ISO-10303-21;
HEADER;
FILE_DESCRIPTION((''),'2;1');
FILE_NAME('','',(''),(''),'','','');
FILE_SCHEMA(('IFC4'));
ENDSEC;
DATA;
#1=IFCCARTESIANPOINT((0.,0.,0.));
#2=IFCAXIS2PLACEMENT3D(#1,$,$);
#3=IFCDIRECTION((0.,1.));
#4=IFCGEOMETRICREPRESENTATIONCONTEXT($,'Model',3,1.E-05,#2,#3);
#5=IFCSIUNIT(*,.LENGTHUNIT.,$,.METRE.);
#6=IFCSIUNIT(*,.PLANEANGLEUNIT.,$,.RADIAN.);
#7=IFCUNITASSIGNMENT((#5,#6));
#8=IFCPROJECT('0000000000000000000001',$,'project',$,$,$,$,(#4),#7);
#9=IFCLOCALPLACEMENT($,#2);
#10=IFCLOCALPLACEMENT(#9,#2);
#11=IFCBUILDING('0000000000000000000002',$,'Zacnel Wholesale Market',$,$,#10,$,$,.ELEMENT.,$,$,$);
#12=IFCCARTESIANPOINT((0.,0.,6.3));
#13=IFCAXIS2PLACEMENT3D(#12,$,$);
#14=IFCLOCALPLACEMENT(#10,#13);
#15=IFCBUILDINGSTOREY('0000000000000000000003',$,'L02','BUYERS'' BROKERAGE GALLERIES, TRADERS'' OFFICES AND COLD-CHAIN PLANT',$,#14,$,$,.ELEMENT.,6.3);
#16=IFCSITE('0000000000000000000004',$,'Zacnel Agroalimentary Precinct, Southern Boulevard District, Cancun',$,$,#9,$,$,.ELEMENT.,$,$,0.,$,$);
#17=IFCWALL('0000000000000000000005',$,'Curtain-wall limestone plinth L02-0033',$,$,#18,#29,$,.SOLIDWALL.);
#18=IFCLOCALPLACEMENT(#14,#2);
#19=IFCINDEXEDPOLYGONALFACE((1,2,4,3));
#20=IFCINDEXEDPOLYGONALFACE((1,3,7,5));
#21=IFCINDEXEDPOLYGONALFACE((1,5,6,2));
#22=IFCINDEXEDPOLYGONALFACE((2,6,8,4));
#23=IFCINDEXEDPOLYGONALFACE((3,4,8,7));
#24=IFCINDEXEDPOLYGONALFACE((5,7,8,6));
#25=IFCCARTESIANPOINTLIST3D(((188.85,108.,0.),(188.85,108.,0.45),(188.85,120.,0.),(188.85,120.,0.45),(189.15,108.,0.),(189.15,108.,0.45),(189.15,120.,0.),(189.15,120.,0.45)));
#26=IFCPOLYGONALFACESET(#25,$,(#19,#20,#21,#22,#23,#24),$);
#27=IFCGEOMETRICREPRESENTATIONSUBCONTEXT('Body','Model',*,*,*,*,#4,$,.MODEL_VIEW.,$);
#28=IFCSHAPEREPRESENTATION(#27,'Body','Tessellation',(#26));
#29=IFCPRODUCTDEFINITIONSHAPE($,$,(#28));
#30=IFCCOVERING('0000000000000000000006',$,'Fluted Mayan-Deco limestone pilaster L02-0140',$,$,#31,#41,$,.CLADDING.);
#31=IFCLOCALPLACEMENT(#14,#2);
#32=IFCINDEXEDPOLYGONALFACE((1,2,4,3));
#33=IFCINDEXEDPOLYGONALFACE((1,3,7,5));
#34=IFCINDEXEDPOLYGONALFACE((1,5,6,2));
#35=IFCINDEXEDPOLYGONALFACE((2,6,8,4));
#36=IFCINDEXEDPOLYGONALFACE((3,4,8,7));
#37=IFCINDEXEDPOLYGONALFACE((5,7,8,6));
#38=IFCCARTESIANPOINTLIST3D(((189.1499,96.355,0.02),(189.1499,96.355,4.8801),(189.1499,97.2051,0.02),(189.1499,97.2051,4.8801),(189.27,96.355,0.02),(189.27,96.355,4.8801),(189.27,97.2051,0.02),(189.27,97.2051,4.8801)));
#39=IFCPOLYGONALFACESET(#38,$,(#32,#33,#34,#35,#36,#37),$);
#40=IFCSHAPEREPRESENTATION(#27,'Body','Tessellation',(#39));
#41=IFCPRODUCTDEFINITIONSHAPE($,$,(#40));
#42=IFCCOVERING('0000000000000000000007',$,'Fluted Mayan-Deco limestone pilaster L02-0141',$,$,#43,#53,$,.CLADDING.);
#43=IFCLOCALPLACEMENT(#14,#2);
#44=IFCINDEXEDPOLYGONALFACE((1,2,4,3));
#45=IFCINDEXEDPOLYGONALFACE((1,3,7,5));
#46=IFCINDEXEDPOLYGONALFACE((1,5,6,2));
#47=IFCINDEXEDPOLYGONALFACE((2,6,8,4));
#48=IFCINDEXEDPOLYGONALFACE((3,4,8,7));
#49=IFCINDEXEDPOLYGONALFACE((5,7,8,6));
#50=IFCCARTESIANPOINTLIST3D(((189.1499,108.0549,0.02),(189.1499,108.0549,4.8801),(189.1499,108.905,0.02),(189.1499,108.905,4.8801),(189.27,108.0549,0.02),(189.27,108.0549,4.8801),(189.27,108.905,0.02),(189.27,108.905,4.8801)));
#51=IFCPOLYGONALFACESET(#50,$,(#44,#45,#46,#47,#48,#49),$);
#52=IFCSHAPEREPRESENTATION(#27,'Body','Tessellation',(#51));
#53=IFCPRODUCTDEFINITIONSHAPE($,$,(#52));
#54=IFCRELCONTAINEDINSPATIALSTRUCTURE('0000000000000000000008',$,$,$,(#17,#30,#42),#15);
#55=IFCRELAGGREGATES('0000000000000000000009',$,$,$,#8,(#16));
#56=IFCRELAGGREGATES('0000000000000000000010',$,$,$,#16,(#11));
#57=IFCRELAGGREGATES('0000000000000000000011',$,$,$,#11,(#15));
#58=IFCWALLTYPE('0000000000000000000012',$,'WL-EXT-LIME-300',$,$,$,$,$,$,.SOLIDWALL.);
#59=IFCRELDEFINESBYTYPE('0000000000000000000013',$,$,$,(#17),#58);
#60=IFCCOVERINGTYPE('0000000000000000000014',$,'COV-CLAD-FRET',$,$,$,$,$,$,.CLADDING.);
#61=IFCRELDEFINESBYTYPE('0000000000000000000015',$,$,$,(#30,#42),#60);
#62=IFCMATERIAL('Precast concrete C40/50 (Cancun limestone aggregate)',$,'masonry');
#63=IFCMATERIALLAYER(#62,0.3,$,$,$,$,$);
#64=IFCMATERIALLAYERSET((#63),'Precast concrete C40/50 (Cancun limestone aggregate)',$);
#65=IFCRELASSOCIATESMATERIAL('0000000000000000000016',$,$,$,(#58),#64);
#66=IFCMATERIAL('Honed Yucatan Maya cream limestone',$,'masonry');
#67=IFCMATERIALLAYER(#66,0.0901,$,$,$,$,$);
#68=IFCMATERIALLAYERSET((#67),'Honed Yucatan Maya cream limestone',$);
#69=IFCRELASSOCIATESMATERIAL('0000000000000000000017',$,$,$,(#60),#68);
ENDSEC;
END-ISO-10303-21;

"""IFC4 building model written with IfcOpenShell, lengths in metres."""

from ifc_helpers import new_model, si_unit, direction, frame, frame_2d, origin, origin_2d, place, context, subcontext, project, spatial, rectangle, extrude, material, layer, layer_set, type_object, element, save


model = new_model("IFC4")

# Units and contexts
model_context = context("Model", 3, precision=1e-05, world=origin(), true_north=direction((0.0, 1.0)))
body_context = subcontext(model_context, "Body", "Model", "MODEL_VIEW")
ifc_project = project(units=[si_unit("LENGTHUNIT", "METRE"), si_unit("PLANEANGLEUNIT", "RADIAN")], contexts=[model_context])

# Site, building, storey
site_placement = place(None, origin())
site = spatial("IfcSite", under=ifc_project, at=site_placement, Name="Zacnel Agroalimentary Precinct, Southern Boulevard District, Cancun", CompositionType="ELEMENT", RefElevation=0.0)
building_placement = place(site_placement, origin())
building = spatial("IfcBuilding", under=site, at=building_placement, Name="Zacnel Wholesale Market", CompositionType="ELEMENT")
storey_placement = place(building_placement, frame((0.0, 0.0, 6.3)))
storey = spatial("IfcBuildingStorey", under=building, at=storey_placement, Name="L02", Description="BUYERS' BROKERAGE GALLERIES, TRADERS' OFFICES AND COLD-CHAIN PLANT", CompositionType="ELEMENT", Elevation=6.3)

# Wall
ifc_material_1 = material(Name="Precast concrete C40/50 (Cancun limestone aggregate)", Category="masonry")
ifc_layer_1 = layer(ifc_material_1, 0.3)
ifc_layer_set_1 = layer_set([ifc_layer_1], Name="Precast concrete C40/50 (Cancun limestone aggregate)")
wall_type = type_object("IfcWallType", Name="WL-EXT-LIME-300", PredefinedType="SOLIDWALL", material=ifc_layer_set_1)
wall_placement = place(storey_placement, frame((189.0, 108.0, 0.0), z_axis=(0.0, 0.0, 1.0), x_axis=(0.0, 1.0, 0.0)))
element("IfcWall", 1, at=wall_placement, inside=storey, type_object=wall_type, Name="Curtain-wall limestone plinth L02-0033", PredefinedType="SOLIDWALL", context=body_context, shape_type="SweptSolid", body=[
    extrude(rectangle(XDim=12.0, YDim=0.3, at=frame_2d((6.0, 0.0))), origin(), (0.0, 0.0, 1.0), 0.45),
])

# Coverings
ifc_material_2 = material(Name="Honed Yucatan Maya cream limestone", Category="masonry")
ifc_layer_2 = layer(ifc_material_2, 0.0901)
ifc_layer_set_2 = layer_set([ifc_layer_2], Name="Honed Yucatan Maya cream limestone")
covering_type = type_object("IfcCoveringType", Name="COV-CLAD-FRET", PredefinedType="CLADDING", material=ifc_layer_set_2)
for number, where, z_axis, x_axis, name in (
    (2, (189.21, 96.78, 0.02), (0.0, 0.0, 1.0), (0.0, 1.0, 0.0), "Fluted Mayan-Deco limestone pilaster L02-0140"),
    (3, (189.21, 108.48, 0.02), (0.0, 0.0, 1.0), (0.0, 1.0, 0.0), "Fluted Mayan-Deco limestone pilaster L02-0141"),
):
    element("IfcCovering", number, at=place(storey_placement, frame(where, z_axis=z_axis, x_axis=x_axis)), inside=storey, type_object=covering_type, Name=name, PredefinedType="CLADDING", context=body_context, shape_type="SweptSolid", body=[
        extrude(rectangle(XDim=0.8501, YDim=0.1201, at=origin_2d()), origin(), (0.0, 0.0, 1.0), 4.8601),
    ])

save(model, "model.ifc")
